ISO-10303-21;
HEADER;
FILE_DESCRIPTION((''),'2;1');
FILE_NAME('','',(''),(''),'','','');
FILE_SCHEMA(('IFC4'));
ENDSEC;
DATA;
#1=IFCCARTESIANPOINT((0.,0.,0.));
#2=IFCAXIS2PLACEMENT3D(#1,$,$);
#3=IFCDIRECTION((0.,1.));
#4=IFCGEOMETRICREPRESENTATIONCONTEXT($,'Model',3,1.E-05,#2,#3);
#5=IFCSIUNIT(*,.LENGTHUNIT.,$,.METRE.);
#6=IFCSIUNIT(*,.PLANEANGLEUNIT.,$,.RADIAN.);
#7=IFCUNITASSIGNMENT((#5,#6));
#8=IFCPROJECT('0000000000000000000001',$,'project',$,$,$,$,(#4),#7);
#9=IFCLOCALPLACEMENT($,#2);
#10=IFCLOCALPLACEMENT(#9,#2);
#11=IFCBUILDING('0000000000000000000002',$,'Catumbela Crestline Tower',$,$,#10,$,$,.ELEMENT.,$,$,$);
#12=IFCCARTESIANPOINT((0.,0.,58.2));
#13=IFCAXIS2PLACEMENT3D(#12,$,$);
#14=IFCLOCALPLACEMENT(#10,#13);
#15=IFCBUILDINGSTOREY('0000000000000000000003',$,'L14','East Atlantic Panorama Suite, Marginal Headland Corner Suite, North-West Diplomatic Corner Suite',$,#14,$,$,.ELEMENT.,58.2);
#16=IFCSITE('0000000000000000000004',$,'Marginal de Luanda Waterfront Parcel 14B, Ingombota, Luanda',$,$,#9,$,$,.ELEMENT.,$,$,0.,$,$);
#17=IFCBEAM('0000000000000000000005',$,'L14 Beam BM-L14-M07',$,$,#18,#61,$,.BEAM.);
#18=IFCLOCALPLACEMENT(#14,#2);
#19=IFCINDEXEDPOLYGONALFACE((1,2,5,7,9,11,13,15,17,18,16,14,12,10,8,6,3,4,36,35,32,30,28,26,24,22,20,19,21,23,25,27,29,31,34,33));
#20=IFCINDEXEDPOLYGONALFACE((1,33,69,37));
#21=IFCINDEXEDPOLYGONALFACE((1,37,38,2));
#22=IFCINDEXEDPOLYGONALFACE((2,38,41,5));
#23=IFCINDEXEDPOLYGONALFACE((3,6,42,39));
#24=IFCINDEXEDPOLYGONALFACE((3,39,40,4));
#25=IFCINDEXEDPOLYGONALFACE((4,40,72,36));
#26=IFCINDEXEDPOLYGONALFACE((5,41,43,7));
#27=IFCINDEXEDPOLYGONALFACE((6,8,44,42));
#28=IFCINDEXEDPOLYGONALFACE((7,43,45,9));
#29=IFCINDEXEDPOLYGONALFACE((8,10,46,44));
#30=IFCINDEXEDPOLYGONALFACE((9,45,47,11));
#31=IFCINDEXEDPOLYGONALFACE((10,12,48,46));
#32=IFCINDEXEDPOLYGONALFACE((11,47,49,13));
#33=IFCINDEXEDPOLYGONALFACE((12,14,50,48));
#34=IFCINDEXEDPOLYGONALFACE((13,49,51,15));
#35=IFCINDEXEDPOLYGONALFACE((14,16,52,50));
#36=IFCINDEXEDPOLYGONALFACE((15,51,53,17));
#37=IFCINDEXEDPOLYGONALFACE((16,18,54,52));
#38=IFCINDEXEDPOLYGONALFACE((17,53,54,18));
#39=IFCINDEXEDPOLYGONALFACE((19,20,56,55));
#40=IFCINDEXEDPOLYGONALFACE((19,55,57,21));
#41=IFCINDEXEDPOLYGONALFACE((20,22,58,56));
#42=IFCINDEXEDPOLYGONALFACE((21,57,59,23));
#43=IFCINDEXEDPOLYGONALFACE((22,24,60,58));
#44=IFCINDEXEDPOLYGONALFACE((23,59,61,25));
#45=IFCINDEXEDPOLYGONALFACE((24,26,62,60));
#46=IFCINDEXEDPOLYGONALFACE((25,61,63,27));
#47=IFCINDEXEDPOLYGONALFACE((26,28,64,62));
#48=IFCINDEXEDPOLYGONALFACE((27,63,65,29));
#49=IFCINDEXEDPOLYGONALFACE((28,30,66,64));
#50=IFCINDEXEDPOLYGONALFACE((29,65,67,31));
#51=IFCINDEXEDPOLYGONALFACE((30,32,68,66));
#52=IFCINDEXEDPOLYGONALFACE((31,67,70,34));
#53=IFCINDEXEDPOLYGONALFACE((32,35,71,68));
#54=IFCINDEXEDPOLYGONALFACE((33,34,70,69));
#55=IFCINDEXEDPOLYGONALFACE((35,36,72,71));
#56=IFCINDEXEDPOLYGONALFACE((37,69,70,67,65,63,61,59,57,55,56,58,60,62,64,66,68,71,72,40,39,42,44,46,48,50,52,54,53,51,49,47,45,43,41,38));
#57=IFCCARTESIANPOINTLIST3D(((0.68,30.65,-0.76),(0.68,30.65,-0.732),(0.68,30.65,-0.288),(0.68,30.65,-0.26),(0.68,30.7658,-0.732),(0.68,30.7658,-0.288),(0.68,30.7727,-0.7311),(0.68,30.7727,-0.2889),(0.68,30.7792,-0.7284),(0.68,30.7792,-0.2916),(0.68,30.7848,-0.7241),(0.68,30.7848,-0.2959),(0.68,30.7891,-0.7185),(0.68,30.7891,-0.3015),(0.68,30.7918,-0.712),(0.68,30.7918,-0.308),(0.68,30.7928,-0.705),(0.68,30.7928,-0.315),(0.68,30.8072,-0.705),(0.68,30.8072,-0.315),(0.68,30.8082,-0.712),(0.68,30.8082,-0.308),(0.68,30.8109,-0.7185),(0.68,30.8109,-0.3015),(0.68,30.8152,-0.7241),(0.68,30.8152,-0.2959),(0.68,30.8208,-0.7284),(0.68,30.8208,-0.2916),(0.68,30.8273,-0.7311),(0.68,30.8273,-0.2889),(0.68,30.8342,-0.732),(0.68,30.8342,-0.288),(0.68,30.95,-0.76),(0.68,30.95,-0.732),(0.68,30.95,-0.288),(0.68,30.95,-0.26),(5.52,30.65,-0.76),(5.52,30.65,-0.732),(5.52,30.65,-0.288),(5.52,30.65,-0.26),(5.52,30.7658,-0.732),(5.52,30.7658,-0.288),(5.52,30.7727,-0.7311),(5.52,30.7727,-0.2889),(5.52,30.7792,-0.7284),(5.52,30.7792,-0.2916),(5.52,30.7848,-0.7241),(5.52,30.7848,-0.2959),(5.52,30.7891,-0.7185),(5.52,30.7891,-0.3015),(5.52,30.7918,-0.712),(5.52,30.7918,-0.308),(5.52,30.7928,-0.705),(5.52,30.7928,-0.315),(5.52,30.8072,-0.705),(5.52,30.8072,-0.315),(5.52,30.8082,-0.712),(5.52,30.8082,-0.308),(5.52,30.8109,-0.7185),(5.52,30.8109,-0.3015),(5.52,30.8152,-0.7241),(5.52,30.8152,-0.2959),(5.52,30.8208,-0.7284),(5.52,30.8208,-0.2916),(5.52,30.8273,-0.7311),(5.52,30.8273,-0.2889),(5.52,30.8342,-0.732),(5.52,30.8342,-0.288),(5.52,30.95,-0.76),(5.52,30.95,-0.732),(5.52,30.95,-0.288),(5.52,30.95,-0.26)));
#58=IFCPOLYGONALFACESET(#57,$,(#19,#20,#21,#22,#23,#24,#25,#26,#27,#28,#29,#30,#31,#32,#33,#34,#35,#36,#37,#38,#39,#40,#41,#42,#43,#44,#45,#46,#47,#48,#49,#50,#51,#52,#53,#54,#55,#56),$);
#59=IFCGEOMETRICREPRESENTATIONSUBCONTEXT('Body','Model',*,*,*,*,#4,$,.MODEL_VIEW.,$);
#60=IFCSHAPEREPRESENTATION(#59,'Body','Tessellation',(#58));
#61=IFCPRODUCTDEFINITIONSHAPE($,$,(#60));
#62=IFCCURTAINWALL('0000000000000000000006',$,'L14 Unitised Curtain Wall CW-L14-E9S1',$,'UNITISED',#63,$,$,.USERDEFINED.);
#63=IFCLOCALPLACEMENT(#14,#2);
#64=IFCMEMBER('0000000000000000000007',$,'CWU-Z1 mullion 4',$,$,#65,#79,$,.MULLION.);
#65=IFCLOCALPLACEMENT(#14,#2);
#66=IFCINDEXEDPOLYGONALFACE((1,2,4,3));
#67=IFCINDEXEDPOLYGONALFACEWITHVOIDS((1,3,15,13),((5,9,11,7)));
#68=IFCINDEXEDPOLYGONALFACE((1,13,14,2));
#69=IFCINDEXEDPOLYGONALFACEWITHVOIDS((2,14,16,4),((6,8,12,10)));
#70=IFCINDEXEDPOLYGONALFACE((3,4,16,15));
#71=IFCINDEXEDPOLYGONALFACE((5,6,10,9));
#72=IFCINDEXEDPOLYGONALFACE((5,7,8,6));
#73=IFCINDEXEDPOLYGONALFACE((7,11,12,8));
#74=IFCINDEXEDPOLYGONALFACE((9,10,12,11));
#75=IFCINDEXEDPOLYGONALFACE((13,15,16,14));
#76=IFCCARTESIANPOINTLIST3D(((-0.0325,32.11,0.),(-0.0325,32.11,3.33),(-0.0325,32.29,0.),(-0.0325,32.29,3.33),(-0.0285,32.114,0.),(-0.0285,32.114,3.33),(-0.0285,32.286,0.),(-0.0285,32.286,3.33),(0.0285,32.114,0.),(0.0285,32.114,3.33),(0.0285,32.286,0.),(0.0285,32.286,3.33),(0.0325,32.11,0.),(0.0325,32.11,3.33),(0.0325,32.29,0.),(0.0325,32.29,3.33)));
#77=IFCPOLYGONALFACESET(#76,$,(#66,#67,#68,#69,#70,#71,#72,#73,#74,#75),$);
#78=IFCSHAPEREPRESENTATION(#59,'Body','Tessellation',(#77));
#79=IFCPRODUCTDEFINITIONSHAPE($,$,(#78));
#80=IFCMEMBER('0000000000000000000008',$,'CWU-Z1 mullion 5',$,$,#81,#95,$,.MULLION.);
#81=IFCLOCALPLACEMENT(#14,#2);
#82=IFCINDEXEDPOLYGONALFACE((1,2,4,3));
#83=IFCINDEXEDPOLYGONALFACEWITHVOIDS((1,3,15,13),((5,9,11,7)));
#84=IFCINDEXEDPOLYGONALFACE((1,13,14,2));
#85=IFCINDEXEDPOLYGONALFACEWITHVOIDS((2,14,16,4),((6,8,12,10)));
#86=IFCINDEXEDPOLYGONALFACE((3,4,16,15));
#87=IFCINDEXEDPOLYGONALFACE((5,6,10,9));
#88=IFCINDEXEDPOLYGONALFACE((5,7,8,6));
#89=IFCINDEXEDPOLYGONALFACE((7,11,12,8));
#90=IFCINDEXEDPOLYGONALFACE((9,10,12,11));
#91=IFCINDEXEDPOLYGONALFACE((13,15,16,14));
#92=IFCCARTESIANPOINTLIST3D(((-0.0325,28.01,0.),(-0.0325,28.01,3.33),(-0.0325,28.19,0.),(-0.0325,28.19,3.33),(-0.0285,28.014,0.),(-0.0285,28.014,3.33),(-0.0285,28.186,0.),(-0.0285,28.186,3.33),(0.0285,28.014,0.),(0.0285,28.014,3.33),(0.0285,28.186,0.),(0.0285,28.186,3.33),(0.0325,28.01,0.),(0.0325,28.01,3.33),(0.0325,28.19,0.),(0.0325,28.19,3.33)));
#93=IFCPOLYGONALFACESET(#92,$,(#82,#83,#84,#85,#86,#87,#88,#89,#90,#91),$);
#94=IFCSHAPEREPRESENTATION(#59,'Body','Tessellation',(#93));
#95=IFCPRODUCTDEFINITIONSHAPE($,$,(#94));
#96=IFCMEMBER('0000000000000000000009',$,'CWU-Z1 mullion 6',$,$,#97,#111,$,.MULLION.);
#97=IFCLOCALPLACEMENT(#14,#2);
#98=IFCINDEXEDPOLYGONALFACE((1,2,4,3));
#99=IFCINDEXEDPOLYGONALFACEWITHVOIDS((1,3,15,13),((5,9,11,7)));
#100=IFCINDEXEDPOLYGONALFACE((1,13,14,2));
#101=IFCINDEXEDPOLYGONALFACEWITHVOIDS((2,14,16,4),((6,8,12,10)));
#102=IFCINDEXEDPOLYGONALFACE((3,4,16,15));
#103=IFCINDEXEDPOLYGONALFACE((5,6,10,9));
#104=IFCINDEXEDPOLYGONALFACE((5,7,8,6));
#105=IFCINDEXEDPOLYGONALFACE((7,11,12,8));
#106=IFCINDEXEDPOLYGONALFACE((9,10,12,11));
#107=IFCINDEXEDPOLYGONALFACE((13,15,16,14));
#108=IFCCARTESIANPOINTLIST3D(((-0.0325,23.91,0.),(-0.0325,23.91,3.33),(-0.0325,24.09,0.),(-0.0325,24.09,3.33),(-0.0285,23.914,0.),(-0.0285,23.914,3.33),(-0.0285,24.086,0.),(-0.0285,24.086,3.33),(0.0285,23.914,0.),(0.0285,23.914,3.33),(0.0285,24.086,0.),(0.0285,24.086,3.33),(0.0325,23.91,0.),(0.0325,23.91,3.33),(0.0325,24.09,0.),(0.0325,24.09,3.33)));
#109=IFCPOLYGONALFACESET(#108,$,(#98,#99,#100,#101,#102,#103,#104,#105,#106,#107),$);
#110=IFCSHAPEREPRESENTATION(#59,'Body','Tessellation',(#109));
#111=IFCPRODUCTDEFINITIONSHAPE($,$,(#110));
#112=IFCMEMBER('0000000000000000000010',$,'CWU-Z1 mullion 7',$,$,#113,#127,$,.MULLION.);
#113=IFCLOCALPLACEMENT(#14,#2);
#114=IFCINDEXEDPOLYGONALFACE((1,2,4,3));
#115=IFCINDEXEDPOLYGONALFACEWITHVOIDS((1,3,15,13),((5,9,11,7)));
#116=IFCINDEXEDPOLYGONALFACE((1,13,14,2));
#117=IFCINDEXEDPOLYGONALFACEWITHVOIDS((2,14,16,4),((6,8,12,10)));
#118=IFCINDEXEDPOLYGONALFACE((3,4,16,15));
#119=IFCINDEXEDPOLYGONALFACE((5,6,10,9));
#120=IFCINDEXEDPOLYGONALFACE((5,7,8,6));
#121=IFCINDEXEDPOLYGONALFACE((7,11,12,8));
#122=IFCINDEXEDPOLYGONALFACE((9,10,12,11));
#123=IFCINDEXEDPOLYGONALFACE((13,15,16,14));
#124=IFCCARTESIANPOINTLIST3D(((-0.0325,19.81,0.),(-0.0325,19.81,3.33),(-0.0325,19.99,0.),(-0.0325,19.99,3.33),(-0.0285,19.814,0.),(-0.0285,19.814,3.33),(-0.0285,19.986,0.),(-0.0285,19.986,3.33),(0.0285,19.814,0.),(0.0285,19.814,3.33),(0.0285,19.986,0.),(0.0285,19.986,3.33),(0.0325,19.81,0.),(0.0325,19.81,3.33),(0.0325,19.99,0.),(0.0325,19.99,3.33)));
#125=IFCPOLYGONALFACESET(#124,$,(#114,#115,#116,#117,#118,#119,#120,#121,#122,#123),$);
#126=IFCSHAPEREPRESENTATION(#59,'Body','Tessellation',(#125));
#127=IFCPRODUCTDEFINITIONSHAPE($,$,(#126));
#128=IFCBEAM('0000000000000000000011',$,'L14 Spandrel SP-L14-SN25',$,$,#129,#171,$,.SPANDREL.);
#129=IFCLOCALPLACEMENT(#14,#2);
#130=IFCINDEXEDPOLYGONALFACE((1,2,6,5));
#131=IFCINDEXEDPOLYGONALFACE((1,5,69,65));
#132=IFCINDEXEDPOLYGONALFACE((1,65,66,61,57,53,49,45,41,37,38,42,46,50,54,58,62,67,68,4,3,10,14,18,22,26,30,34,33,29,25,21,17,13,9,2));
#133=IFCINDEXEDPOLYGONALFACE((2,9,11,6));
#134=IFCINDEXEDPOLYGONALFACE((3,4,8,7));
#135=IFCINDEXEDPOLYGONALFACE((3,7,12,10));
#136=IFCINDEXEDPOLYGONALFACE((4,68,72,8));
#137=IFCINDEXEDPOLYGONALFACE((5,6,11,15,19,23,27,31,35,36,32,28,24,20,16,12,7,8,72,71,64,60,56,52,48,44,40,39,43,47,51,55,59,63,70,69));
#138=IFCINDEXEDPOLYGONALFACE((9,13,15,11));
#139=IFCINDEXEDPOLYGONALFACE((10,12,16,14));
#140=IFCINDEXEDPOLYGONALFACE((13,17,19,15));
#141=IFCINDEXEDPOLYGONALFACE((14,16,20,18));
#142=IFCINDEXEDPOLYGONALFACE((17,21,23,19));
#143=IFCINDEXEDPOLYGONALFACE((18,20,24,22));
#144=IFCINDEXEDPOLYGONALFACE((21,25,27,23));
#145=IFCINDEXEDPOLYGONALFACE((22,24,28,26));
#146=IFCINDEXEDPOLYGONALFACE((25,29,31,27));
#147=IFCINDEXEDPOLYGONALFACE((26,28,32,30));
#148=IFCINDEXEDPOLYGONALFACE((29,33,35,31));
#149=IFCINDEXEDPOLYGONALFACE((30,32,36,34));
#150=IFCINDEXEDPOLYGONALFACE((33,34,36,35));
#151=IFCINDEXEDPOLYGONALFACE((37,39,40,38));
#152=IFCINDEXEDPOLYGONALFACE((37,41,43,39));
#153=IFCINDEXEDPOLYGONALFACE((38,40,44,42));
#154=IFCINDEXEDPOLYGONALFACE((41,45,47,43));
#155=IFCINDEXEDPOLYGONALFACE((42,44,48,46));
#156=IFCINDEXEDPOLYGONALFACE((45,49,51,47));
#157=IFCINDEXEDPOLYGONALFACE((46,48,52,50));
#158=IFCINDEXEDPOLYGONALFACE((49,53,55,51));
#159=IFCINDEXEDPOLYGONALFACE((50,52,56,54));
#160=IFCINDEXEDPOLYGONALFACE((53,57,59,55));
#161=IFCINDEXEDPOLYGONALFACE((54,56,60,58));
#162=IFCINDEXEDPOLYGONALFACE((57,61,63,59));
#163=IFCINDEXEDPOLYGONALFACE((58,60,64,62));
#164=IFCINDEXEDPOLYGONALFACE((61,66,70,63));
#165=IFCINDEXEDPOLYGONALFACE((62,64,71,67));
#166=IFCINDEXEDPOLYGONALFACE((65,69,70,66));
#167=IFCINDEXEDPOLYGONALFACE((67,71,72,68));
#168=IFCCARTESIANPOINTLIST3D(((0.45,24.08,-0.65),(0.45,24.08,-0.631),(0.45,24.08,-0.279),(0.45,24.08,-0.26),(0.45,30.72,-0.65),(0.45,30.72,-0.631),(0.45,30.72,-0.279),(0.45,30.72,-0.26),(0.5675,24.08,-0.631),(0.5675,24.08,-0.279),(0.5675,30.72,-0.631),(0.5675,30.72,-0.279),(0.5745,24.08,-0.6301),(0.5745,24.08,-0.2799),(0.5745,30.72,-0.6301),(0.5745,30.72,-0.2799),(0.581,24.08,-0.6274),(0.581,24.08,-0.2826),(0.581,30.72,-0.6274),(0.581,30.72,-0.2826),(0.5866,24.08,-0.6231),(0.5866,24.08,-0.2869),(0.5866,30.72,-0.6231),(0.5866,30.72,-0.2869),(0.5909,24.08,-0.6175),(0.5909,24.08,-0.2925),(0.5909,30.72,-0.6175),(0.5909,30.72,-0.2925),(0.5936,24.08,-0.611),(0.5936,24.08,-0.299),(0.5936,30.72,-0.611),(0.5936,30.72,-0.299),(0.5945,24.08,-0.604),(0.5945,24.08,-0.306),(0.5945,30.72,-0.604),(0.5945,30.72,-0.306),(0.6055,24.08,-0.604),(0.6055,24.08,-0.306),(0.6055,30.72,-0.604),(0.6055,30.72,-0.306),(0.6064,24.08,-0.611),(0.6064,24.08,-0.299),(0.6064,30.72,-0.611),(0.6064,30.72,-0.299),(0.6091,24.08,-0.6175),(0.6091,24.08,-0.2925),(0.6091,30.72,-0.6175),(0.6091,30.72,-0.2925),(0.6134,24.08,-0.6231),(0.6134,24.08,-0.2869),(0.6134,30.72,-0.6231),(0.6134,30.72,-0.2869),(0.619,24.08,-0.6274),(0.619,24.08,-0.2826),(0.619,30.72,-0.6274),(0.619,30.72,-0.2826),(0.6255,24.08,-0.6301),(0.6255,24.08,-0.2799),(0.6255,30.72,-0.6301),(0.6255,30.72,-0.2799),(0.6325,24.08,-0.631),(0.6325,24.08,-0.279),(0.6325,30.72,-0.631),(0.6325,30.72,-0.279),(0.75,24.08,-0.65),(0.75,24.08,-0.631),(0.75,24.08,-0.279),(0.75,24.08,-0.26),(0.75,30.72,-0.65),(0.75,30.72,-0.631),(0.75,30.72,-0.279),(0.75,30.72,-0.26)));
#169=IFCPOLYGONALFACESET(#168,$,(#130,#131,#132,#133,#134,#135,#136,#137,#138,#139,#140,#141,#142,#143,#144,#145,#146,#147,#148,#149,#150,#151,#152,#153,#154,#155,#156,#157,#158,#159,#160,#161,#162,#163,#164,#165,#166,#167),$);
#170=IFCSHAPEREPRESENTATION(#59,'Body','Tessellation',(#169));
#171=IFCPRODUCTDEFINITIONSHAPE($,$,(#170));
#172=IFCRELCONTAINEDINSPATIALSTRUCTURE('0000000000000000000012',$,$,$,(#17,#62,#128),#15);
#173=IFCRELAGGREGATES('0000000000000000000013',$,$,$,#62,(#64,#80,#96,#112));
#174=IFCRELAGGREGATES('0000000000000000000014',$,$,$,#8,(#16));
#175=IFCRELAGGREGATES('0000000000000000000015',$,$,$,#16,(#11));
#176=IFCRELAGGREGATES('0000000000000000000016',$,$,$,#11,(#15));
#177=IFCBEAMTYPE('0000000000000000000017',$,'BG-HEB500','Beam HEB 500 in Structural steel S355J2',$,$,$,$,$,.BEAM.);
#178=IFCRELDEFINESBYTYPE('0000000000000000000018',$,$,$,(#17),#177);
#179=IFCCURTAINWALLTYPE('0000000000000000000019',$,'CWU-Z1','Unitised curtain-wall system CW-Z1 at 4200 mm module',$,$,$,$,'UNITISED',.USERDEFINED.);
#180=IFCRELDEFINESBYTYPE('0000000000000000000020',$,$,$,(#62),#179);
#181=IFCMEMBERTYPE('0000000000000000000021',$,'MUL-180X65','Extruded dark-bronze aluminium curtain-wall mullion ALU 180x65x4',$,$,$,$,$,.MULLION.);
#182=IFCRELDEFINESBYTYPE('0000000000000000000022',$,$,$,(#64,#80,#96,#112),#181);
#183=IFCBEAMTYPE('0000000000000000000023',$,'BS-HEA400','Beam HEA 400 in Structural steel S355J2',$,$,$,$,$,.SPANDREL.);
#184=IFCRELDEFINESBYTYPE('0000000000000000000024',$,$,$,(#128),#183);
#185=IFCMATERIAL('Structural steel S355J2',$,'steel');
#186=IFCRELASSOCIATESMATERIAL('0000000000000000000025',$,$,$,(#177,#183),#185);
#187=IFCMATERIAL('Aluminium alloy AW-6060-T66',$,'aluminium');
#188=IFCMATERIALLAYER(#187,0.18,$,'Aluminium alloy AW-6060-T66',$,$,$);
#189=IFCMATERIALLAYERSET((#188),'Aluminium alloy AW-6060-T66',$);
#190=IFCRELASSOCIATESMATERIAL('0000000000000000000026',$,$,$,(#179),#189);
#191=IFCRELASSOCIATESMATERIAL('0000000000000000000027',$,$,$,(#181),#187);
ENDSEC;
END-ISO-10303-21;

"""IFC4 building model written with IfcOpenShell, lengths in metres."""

from ifc_helpers import new_model, si_unit, direction, frame, origin, origin_2d, place, context, subcontext, project, spatial, hollow_rectangle, i_section, extrude, material, layer, layer_set, material_profile, profile_set, type_object, element, aggregate, save


model = new_model("IFC4")

# Units and contexts
model_context = context("Model", 3, precision=1e-05, world=origin(), true_north=direction((0.0, 1.0)))
body_context = subcontext(model_context, "Body", "Model", "MODEL_VIEW")
ifc_project = project(units=[si_unit("LENGTHUNIT", "METRE"), si_unit("PLANEANGLEUNIT", "RADIAN")], contexts=[model_context])

# Site, building, storey
site_placement = place(None, origin())
site = spatial("IfcSite", under=ifc_project, at=site_placement, Name="Marginal de Luanda Waterfront Parcel 14B, Ingombota, Luanda", CompositionType="ELEMENT", RefElevation=0.0)
building_placement = place(site_placement, origin())
building = spatial("IfcBuilding", under=site, at=building_placement, Name="Catumbela Crestline Tower", CompositionType="ELEMENT")
storey_placement = place(building_placement, frame((0.0, 0.0, 58.2)))
storey = spatial("IfcBuildingStorey", under=building, at=storey_placement, Name="L14", Description="East Atlantic Panorama Suite, Marginal Headland Corner Suite, North-West Diplomatic Corner Suite", CompositionType="ELEMENT", Elevation=58.2)

# Beam
ifc_material_1 = material(Name="Structural steel S355J2", Category="steel")
ifc_material_profile_1 = material_profile(ifc_material_1, i_section(OverallWidth=0.3, OverallDepth=0.5, WebThickness=0.0145, FlangeThickness=0.028, FilletRadius=0.027, at=origin_2d()), Name="HEB 500")
ifc_profile_set_1 = profile_set([ifc_material_profile_1], Name="Structural steel S355J2")
beam_type_1 = type_object("IfcBeamType", Name="BG-HEB500", Description="Beam HEB 500 in Structural steel S355J2", PredefinedType="BEAM", material=ifc_profile_set_1)
for number, where, z_axis, x_axis, name in (
    (1, (0.68, 30.8, -0.51), (1.0, 0.0, 0.0), (0.0, 1.0, 0.0), "L14 Beam BM-L14-M07"),
):
    element("IfcBeam", number, at=place(storey_placement, frame(where, z_axis=z_axis, x_axis=x_axis)), inside=storey, type_object=beam_type_1, Name=name, PredefinedType="BEAM", context=body_context, shape_type="SweptSolid", body=[
        extrude(i_section(OverallWidth=0.3, OverallDepth=0.5, WebThickness=0.0145, FlangeThickness=0.028, FilletRadius=0.027, at=origin_2d()), origin(), (0.0, 0.0, 1.0), 4.84),
    ])

# Curtain wall, members
ifc_material_2 = material(Name="Aluminium alloy AW-6060-T66", Category="aluminium")
ifc_layer_1 = layer(ifc_material_2, 0.18, Name="Aluminium alloy AW-6060-T66")
ifc_layer_set_1 = layer_set([ifc_layer_1], Name="Aluminium alloy AW-6060-T66")
curtain_wall_type = type_object("IfcCurtainWallType", Name="CWU-Z1", Description="Unitised curtain-wall system CW-Z1 at 4200 mm module", ElementType="UNITISED", PredefinedType="USERDEFINED", material=ifc_layer_set_1)
curtain_wall_placement = place(storey_placement, origin())
curtain_wall = element("IfcCurtainWall", 2, at=curtain_wall_placement, inside=storey, type_object=curtain_wall_type, Name="L14 Unitised Curtain Wall CW-L14-E9S1", ObjectType="UNITISED", PredefinedType="USERDEFINED")
ifc_material_profile_2 = material_profile(ifc_material_2, hollow_rectangle(XDim=0.065, YDim=0.18, WallThickness=0.004, at=origin_2d()), Name="ALU 180x65x4")
ifc_profile_set_2 = profile_set([ifc_material_profile_2], Name="Aluminium alloy AW-6060-T66")
member_type_1 = type_object("IfcMemberType", Name="MUL-180X65", Description="Extruded dark-bronze aluminium curtain-wall mullion ALU 180x65x4", PredefinedType="MULLION", material=ifc_profile_set_2)
member_1_placement = place(storey_placement, frame((0.0, 32.2, 0.0), z_axis=(0.0, 0.0, 1.0), x_axis=(1.0, 0.0, 0.0)))
member_1 = element("IfcMember", 3, at=member_1_placement, type_object=member_type_1, Name="CWU-Z1 mullion 4", PredefinedType="MULLION", context=body_context, shape_type="SweptSolid", body=[
    extrude(hollow_rectangle(XDim=0.065, YDim=0.18, WallThickness=0.004, at=origin_2d()), origin(), (0.0, 0.0, 1.0), 3.33),
])
member_2_placement = place(storey_placement, frame((0.0, 28.1, 0.0), z_axis=(0.0, 0.0, 1.0), x_axis=(1.0, 0.0, 0.0)))
member_2 = element("IfcMember", 4, at=member_2_placement, type_object=member_type_1, Name="CWU-Z1 mullion 5", PredefinedType="MULLION", context=body_context, shape_type="SweptSolid", body=[
    extrude(hollow_rectangle(XDim=0.065, YDim=0.18, WallThickness=0.004, at=origin_2d()), origin(), (0.0, 0.0, 1.0), 3.33),
])
member_3_placement = place(storey_placement, frame((0.0, 24.0, 0.0), z_axis=(0.0, 0.0, 1.0), x_axis=(1.0, 0.0, 0.0)))
member_3 = element("IfcMember", 5, at=member_3_placement, type_object=member_type_1, Name="CWU-Z1 mullion 6", PredefinedType="MULLION", context=body_context, shape_type="SweptSolid", body=[
    extrude(hollow_rectangle(XDim=0.065, YDim=0.18, WallThickness=0.004, at=origin_2d()), origin(), (0.0, 0.0, 1.0), 3.33),
])
member_4_placement = place(storey_placement, frame((0.0, 19.9, 0.0), z_axis=(0.0, 0.0, 1.0), x_axis=(1.0, 0.0, 0.0)))
member_4 = element("IfcMember", 6, at=member_4_placement, type_object=member_type_1, Name="CWU-Z1 mullion 7", PredefinedType="MULLION", context=body_context, shape_type="SweptSolid", body=[
    extrude(hollow_rectangle(XDim=0.065, YDim=0.18, WallThickness=0.004, at=origin_2d()), origin(), (0.0, 0.0, 1.0), 3.33),
])

# Beam
ifc_material_profile_3 = material_profile(ifc_material_1, i_section(OverallWidth=0.3, OverallDepth=0.39, WebThickness=0.011, FlangeThickness=0.019, FilletRadius=0.027, at=origin_2d()), Name="HEA 400")
ifc_profile_set_3 = profile_set([ifc_material_profile_3], Name="Structural steel S355J2")
beam_type_2 = type_object("IfcBeamType", Name="BS-HEA400", Description="Beam HEA 400 in Structural steel S355J2", PredefinedType="SPANDREL", material=ifc_profile_set_3)
beam_1_placement = place(storey_placement, frame((0.6, 24.08, -0.455), z_axis=(0.0, 1.0, 0.0), x_axis=(-1.0, 0.0, 0.0)))
element("IfcBeam", 7, at=beam_1_placement, inside=storey, type_object=beam_type_2, Name="L14 Spandrel SP-L14-SN25", PredefinedType="SPANDREL", context=body_context, shape_type="SweptSolid", body=[
    extrude(i_section(OverallWidth=0.3, OverallDepth=0.39, WebThickness=0.011, FlangeThickness=0.019, FilletRadius=0.027, at=origin_2d()), origin(), (0.0, 0.0, 1.0), 6.64),
])

aggregate(curtain_wall, [member_1, member_2, member_3, member_4])

save(model, "model.ifc")
